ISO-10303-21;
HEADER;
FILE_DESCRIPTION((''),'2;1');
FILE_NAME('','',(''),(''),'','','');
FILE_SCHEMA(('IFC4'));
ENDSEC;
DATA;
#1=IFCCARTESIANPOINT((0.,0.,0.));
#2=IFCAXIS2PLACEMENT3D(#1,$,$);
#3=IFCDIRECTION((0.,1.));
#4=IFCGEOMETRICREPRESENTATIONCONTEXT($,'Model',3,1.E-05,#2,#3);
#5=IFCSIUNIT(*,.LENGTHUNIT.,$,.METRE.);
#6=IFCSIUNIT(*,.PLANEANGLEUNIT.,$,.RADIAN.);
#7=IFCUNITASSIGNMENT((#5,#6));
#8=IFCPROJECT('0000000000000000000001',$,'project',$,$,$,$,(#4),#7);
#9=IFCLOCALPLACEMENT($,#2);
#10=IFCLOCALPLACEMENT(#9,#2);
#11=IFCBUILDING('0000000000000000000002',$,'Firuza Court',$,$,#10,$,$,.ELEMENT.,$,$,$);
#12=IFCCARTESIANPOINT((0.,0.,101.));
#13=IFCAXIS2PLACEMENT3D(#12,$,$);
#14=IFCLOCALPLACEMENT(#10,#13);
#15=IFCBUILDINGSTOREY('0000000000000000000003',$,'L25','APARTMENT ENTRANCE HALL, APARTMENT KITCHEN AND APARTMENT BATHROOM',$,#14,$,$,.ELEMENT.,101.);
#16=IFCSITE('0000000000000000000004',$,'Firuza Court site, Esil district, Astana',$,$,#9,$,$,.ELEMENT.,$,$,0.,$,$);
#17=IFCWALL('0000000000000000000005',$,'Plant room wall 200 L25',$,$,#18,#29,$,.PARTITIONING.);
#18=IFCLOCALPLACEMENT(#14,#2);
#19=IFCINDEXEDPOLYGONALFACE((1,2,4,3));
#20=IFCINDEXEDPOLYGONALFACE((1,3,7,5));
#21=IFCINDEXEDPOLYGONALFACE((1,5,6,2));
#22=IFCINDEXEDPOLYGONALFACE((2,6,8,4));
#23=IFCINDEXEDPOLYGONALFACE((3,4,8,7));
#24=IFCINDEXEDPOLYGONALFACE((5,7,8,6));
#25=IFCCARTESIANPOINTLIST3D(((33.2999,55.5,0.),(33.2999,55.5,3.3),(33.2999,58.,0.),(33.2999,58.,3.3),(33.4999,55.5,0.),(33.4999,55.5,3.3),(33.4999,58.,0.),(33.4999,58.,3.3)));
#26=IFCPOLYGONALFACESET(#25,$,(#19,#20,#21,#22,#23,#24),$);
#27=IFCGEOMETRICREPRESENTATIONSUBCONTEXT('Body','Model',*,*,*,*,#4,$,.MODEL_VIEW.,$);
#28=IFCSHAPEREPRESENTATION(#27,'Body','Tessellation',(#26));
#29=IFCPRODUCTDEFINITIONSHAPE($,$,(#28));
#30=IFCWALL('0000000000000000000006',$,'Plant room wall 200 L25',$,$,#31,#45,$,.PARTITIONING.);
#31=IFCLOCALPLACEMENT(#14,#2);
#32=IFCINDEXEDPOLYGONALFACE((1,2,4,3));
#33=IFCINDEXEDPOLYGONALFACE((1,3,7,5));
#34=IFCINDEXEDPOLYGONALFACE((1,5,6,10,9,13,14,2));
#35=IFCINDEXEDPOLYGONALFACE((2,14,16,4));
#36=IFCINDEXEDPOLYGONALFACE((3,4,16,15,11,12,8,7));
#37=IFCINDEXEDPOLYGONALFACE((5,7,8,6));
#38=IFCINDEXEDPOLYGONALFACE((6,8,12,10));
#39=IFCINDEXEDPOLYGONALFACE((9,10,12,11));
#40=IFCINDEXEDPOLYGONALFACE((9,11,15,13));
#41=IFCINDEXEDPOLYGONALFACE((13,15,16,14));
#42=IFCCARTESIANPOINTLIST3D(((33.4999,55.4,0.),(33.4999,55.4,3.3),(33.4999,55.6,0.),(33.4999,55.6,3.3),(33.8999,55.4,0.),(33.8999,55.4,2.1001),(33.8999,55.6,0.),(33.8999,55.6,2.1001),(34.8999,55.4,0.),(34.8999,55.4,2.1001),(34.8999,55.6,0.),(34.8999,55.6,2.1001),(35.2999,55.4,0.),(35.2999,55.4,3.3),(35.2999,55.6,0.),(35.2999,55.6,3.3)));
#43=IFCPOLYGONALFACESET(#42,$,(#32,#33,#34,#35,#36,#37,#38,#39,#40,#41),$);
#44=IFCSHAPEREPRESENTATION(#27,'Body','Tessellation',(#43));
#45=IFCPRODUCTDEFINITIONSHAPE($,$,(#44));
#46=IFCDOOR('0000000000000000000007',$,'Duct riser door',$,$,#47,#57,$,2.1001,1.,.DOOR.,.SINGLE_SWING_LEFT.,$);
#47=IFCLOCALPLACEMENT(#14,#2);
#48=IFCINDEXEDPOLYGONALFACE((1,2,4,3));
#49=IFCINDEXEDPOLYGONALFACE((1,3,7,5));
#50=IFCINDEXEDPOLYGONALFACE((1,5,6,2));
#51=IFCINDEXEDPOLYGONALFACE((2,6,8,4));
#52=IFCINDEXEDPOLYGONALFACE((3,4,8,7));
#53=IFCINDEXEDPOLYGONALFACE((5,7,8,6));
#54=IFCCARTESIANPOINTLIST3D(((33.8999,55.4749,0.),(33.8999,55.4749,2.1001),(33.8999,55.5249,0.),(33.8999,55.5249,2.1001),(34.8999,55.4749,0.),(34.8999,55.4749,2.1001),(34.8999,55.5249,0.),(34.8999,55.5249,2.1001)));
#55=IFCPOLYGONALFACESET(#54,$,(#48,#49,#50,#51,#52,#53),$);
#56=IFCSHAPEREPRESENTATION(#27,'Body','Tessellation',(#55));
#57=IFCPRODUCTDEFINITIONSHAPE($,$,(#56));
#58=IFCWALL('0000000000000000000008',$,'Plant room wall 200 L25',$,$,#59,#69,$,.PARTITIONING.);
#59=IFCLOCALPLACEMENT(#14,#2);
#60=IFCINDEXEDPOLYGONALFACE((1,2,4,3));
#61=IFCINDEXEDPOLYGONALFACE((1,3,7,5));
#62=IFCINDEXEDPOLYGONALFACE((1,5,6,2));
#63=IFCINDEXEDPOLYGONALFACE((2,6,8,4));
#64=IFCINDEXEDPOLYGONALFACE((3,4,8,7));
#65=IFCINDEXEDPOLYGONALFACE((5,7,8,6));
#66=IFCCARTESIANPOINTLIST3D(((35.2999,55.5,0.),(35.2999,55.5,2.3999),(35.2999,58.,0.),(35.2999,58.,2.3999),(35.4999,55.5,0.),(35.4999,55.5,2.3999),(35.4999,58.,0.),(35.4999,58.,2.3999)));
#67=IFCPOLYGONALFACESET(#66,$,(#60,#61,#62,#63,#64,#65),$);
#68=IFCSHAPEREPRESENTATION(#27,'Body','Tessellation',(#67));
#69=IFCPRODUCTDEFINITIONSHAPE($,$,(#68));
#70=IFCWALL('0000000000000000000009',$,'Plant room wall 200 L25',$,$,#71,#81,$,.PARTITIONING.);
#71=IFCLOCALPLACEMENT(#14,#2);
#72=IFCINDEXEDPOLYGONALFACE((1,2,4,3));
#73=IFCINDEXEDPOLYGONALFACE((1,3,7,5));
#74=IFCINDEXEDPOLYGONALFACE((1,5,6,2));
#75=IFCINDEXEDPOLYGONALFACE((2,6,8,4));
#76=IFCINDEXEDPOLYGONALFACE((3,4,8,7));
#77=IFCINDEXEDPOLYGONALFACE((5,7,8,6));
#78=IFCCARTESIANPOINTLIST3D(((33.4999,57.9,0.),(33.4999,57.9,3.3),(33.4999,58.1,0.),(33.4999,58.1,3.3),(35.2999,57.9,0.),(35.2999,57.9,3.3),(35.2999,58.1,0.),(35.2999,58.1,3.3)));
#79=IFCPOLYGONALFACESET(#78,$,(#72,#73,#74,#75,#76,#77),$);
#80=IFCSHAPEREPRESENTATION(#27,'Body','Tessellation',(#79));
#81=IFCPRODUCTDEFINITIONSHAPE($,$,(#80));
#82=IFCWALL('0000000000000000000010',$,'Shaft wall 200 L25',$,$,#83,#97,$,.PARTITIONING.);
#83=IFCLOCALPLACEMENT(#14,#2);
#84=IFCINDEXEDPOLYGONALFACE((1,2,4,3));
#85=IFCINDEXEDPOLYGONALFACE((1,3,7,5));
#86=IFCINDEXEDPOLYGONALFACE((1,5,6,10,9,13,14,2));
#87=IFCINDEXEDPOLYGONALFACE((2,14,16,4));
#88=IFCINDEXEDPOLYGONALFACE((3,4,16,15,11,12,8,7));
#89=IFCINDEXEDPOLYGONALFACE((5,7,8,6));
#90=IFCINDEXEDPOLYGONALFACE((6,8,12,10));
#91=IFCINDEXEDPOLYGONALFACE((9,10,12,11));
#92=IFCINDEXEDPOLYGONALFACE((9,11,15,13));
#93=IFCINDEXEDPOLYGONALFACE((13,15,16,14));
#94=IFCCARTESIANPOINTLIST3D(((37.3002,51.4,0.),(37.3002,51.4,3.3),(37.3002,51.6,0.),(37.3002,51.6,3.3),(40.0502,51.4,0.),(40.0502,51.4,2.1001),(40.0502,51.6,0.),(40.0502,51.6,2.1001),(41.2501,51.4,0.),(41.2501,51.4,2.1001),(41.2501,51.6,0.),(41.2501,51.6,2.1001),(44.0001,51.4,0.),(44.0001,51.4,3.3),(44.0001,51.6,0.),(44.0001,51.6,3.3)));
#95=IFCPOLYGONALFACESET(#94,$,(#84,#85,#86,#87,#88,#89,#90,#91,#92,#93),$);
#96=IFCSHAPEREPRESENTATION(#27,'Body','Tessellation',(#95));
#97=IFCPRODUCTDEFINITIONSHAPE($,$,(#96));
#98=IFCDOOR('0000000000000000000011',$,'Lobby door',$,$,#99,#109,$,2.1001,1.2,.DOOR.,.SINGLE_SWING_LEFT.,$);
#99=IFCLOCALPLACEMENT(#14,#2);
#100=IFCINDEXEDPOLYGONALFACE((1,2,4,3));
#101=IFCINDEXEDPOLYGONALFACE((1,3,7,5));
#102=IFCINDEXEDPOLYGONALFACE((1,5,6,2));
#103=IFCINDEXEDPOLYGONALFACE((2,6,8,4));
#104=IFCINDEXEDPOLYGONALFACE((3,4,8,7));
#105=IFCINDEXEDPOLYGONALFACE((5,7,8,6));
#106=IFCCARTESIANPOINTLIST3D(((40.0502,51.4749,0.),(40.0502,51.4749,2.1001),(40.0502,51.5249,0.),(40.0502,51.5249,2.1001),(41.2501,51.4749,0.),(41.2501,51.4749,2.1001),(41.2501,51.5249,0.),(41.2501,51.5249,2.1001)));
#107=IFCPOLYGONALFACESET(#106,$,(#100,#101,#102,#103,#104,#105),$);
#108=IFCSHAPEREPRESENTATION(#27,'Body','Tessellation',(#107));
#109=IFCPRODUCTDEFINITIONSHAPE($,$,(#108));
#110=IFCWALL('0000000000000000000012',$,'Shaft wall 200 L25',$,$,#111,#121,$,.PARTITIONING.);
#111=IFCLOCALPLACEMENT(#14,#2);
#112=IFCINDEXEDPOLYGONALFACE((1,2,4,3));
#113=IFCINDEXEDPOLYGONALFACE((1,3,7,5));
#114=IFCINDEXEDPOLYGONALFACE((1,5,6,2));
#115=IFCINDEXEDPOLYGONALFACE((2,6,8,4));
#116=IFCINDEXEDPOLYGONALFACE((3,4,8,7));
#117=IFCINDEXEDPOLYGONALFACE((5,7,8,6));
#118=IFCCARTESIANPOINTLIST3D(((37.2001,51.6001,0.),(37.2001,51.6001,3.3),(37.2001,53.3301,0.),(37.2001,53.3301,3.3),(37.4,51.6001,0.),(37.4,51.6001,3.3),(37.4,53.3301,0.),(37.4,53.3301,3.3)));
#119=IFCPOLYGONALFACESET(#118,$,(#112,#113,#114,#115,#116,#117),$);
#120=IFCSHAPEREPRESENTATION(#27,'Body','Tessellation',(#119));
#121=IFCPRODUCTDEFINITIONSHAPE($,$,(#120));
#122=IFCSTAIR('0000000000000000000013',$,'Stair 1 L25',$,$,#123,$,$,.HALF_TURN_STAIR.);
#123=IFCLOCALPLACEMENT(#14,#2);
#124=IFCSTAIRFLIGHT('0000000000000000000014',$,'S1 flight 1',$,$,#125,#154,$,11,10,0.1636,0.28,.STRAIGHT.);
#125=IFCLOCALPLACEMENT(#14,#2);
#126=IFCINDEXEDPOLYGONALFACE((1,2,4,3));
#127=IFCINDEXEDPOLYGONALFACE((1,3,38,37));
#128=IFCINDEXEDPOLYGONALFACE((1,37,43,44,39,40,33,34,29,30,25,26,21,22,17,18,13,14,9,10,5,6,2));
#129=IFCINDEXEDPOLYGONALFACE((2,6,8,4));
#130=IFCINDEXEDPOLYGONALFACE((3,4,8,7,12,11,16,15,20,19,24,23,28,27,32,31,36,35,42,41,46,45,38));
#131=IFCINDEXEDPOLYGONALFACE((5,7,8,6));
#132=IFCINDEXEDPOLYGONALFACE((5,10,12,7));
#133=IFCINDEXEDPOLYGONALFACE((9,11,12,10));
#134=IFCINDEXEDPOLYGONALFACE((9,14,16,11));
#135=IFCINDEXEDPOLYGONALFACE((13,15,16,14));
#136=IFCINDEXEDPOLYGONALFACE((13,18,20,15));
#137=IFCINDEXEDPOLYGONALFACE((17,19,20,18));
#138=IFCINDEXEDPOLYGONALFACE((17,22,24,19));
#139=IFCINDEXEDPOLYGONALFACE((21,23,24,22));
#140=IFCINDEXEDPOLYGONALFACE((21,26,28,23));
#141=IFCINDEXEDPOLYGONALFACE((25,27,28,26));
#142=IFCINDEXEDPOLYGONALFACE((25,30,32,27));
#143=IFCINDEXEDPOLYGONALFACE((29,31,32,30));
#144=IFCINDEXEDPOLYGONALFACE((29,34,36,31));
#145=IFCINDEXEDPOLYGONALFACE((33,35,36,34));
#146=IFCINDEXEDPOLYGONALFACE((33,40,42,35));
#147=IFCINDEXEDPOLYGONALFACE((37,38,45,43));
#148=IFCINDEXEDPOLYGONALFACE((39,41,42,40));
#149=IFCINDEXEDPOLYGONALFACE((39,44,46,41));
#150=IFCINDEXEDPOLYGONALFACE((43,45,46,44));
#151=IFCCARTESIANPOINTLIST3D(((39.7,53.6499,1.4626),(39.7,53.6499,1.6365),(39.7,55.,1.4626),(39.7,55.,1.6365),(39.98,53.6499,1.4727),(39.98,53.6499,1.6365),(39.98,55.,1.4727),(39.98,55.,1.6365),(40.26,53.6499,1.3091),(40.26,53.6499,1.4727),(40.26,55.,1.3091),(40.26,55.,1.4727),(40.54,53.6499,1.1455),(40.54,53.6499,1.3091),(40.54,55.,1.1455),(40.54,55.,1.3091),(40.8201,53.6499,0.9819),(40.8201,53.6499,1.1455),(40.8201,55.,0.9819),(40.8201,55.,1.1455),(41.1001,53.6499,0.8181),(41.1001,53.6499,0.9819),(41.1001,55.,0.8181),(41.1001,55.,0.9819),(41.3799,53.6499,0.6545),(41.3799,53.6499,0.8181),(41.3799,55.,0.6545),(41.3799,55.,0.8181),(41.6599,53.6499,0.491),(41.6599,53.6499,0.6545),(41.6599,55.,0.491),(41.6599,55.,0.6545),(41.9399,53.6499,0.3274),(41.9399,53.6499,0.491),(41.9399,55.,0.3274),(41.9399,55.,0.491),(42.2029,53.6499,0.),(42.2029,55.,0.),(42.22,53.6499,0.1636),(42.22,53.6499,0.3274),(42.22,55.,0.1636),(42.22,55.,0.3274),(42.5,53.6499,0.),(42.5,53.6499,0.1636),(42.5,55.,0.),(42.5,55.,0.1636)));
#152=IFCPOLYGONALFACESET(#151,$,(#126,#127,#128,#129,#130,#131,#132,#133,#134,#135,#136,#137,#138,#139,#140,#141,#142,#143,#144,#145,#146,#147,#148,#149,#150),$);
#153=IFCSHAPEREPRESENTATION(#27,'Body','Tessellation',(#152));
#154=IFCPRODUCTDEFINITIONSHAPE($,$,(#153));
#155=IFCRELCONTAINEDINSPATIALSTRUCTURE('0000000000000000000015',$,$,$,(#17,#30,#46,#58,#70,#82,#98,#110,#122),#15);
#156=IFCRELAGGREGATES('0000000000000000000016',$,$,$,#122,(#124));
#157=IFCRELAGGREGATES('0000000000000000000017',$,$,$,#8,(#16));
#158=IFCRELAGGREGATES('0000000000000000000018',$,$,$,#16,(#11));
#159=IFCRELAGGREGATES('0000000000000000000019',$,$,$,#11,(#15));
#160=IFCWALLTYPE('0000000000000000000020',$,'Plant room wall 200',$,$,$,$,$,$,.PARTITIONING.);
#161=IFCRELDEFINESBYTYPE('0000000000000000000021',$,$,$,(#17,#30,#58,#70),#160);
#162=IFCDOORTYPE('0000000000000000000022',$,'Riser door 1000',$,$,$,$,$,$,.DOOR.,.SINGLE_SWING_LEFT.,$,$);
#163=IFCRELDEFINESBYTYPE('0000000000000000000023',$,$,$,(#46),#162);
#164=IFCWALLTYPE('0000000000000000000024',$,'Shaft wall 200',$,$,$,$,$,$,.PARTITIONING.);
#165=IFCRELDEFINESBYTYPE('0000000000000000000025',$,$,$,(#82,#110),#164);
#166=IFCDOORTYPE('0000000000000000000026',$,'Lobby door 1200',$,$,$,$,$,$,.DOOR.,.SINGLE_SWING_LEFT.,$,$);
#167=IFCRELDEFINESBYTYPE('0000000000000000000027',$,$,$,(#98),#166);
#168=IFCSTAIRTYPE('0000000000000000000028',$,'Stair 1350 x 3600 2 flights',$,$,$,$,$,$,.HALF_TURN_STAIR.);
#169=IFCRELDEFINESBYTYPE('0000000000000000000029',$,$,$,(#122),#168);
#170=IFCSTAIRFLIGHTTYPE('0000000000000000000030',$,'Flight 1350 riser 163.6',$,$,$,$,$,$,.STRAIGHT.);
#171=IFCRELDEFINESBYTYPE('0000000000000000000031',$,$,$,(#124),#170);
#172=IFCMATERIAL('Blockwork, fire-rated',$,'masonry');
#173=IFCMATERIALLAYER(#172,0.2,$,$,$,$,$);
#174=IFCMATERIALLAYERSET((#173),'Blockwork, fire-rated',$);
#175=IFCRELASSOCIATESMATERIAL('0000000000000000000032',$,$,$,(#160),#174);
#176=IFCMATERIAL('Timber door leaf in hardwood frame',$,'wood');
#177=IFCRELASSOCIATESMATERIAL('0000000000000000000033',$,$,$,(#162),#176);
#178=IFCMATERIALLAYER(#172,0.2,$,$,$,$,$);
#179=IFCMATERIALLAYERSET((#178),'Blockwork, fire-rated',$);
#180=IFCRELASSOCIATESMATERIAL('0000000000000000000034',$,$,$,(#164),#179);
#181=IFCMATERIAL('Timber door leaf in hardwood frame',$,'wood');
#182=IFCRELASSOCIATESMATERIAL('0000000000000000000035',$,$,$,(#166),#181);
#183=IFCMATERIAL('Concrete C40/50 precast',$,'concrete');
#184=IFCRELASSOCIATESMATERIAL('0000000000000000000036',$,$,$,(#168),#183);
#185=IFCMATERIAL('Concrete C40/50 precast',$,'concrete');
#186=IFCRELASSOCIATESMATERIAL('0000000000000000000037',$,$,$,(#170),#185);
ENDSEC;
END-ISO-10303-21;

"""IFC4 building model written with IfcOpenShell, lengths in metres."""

from ifc_helpers import new_model, si_unit, direction, frame, frame_2d, origin, place, context, subcontext, project, spatial, polyline, rectangle, outline, extrude, material, layer, layer_set, type_object, element, fill, aggregate, save


model = new_model("IFC4")

# Units and contexts
model_context = context("Model", 3, precision=1e-05, world=origin(), true_north=direction((0.0, 1.0)))
body_context = subcontext(model_context, "Body", "Model", "MODEL_VIEW")
ifc_project = project(units=[si_unit("LENGTHUNIT", "METRE"), si_unit("PLANEANGLEUNIT", "RADIAN")], contexts=[model_context])

# Site, building, storey
site_placement = place(None, origin())
site = spatial("IfcSite", under=ifc_project, at=site_placement, Name="Firuza Court site, Esil district, Astana", CompositionType="ELEMENT", RefElevation=0.0)
building_placement = place(site_placement, origin())
building = spatial("IfcBuilding", under=site, at=building_placement, Name="Firuza Court", CompositionType="ELEMENT")
storey_placement = place(building_placement, frame((0.0, 0.0, 101.0)))
storey = spatial("IfcBuildingStorey", under=building, at=storey_placement, Name="L25", Description="APARTMENT ENTRANCE HALL, APARTMENT KITCHEN AND APARTMENT BATHROOM", CompositionType="ELEMENT", Elevation=101.0)

# Wall
ifc_material_1 = material(Name="Blockwork, fire-rated", Category="masonry")
ifc_layer_1 = layer(ifc_material_1, 0.2)
ifc_layer_set_1 = layer_set([ifc_layer_1], Name="Blockwork, fire-rated")
wall_type_1 = type_object("IfcWallType", Name="Plant room wall 200", PredefinedType="PARTITIONING", material=ifc_layer_set_1)
for number, where, z_axis, x_axis, name in (
    (1, (33.3999, 55.5, 0.0), (0.0, 0.0, 1.0), (0.0, 1.0, 0.0), "Plant room wall 200 L25"),
):
    element("IfcWall", number, at=place(storey_placement, frame(where, z_axis=z_axis, x_axis=x_axis)), inside=storey, type_object=wall_type_1, Name=name, PredefinedType="PARTITIONING", context=body_context, shape_type="SweptSolid", body=[
        extrude(rectangle(XDim=2.5, YDim=0.2, at=frame_2d((1.25, 0.0))), origin(), (0.0, 0.0, 1.0), 3.3),
    ])

# Wall, opening, door
wall_1_placement = place(storey_placement, frame((33.5, 55.5, 0.0), z_axis=(0.0, 0.0, 1.0), x_axis=(1.0, 0.0, 0.0)))
wall_1 = element("IfcWall", 2, at=wall_1_placement, inside=storey, type_object=wall_type_1, Name="Plant room wall 200 L25", PredefinedType="PARTITIONING", context=body_context, shape_type="SweptSolid", body=[
    extrude(rectangle(XDim=1.8, YDim=0.2, at=frame_2d((0.8999, 0.0))), origin(), (0.0, 0.0, 1.0), 3.3),
])
opening_1_placement = place(wall_1_placement, frame((0.3999, 0.0, 0.0)))
opening_1 = element("IfcOpeningElement", 3, at=opening_1_placement, cuts=wall_1, PredefinedType="OPENING", context=body_context, shape_type="SweptSolid", body=[
    extrude(rectangle(XDim=1.0, YDim=2.1001, at=frame_2d((0.5, 1.05))), frame((0.0, 0.1118, 0.0), z_axis=(0.0, -1.0, 0.0), x_axis=(1.0, 0.0, 0.0)), (0.0, 0.0, 1.0), 0.2239),
])
ifc_material_2 = material(Name="Timber door leaf in hardwood frame", Category="wood")
door_type_1 = type_object("IfcDoorType", Name="Riser door 1000", OperationType="SINGLE_SWING_LEFT", PredefinedType="DOOR", material=ifc_material_2)
door_1_placement = place(opening_1_placement, origin())
door_1 = element("IfcDoor", 4, at=door_1_placement, inside=storey, type_object=door_type_1, Name="Duct riser door", OperationType="SINGLE_SWING_LEFT", OverallHeight=2.1001, OverallWidth=1.0, PredefinedType="DOOR", context=body_context, shape_type="SweptSolid", body=[
    extrude(rectangle(XDim=1.0, YDim=2.1001, at=frame_2d((0.5, 1.05))), frame((0.0, 0.0249, 0.0), z_axis=(0.0, -1.0, 0.0), x_axis=(1.0, 0.0, 0.0)), (0.0, 0.0, 1.0), 0.05),
])
fill(opening_1, door_1)

# Walls
wall_2_placement = place(storey_placement, frame((35.3999, 55.5, 0.0), z_axis=(0.0, 0.0, 1.0), x_axis=(0.0, 1.0, 0.0)))
element("IfcWall", 5, at=wall_2_placement, inside=storey, type_object=wall_type_1, Name="Plant room wall 200 L25", PredefinedType="PARTITIONING", context=body_context, shape_type="SweptSolid", body=[
    extrude(rectangle(XDim=2.5, YDim=0.2, at=frame_2d((1.25, 0.0))), origin(), (0.0, 0.0, 1.0), 2.3999),
])
wall_3_placement = place(storey_placement, frame((33.5, 58.0, 0.0), z_axis=(0.0, 0.0, 1.0), x_axis=(1.0, 0.0, 0.0)))
element("IfcWall", 6, at=wall_3_placement, inside=storey, type_object=wall_type_1, Name="Plant room wall 200 L25", PredefinedType="PARTITIONING", context=body_context, shape_type="SweptSolid", body=[
    extrude(rectangle(XDim=1.8, YDim=0.2, at=frame_2d((0.8999, 0.0))), origin(), (0.0, 0.0, 1.0), 3.3),
])

# Wall, opening, door
ifc_layer_2 = layer(ifc_material_1, 0.2)
ifc_layer_set_2 = layer_set([ifc_layer_2], Name="Blockwork, fire-rated")
wall_type_2 = type_object("IfcWallType", Name="Shaft wall 200", PredefinedType="PARTITIONING", material=ifc_layer_set_2)
wall_4_placement = place(storey_placement, frame((37.3, 51.5, 0.0), z_axis=(0.0, 0.0, 1.0), x_axis=(1.0, 0.0, 0.0)))
wall_4 = element("IfcWall", 7, at=wall_4_placement, inside=storey, type_object=wall_type_2, Name="Shaft wall 200 L25", PredefinedType="PARTITIONING", context=body_context, shape_type="SweptSolid", body=[
    extrude(rectangle(XDim=6.7, YDim=0.2, at=frame_2d((3.3501, 0.0))), origin(), (0.0, 0.0, 1.0), 3.3),
])
opening_2_placement = place(wall_4_placement, frame((2.75, 0.0, 0.0)))
opening_2 = element("IfcOpeningElement", 8, at=opening_2_placement, cuts=wall_4, PredefinedType="OPENING", context=body_context, shape_type="SweptSolid", body=[
    extrude(rectangle(XDim=1.2, YDim=2.1001, at=frame_2d((0.6001, 1.05))), frame((0.0, 0.1118, 0.0), z_axis=(0.0, -1.0, 0.0), x_axis=(1.0, 0.0, 0.0)), (0.0, 0.0, 1.0), 0.2239),
])
ifc_material_3 = material(Name="Timber door leaf in hardwood frame", Category="wood")
door_type_2 = type_object("IfcDoorType", Name="Lobby door 1200", OperationType="SINGLE_SWING_LEFT", PredefinedType="DOOR", material=ifc_material_3)
door_2_placement = place(opening_2_placement, origin())
door_2 = element("IfcDoor", 9, at=door_2_placement, inside=storey, type_object=door_type_2, Name="Lobby door", OperationType="SINGLE_SWING_LEFT", OverallHeight=2.1001, OverallWidth=1.2, PredefinedType="DOOR", context=body_context, shape_type="SweptSolid", body=[
    extrude(rectangle(XDim=1.2, YDim=2.1001, at=frame_2d((0.6001, 1.05))), frame((0.0, 0.0249, 0.0), z_axis=(0.0, -1.0, 0.0), x_axis=(1.0, 0.0, 0.0)), (0.0, 0.0, 1.0), 0.05),
])
fill(opening_2, door_2)

# Wall
wall_5_placement = place(storey_placement, frame((37.3, 51.6001, 0.0), z_axis=(0.0, 0.0, 1.0), x_axis=(0.0, 1.0, 0.0)))
element("IfcWall", 10, at=wall_5_placement, inside=storey, type_object=wall_type_2, Name="Shaft wall 200 L25", PredefinedType="PARTITIONING", context=body_context, shape_type="SweptSolid", body=[
    extrude(rectangle(XDim=1.73, YDim=0.2, at=frame_2d((0.865, 0.0))), origin(), (0.0, 0.0, 1.0), 3.3),
])

# Stair, stair flight
ifc_material_4 = material(Name="Concrete C40/50 precast", Category="concrete")
stair_type = type_object("IfcStairType", Name="Stair 1350 x 3600 2 flights", PredefinedType="HALF_TURN_STAIR", material=ifc_material_4)
stair_placement = place(storey_placement, origin())
stair = element("IfcStair", 11, at=stair_placement, inside=storey, type_object=stair_type, Name="Stair 1 L25", PredefinedType="HALF_TURN_STAIR")
ifc_material_5 = material(Name="Concrete C40/50 precast", Category="concrete")
stair_flight_type = type_object("IfcStairFlightType", Name="Flight 1350 riser 163.6", PredefinedType="STRAIGHT", material=ifc_material_5)
stair_flight_1_placement = place(storey_placement, frame((42.5, 54.325, 0.0), z_axis=(0.0, 0.0, 1.0), x_axis=(-1.0, 0.0, 0.0)))
stair_flight_1 = element("IfcStairFlight", 12, at=stair_flight_1_placement, type_object=stair_flight_type, Name="S1 flight 1", NumberOfRisers=11, NumberOfTreads=10, PredefinedType="STRAIGHT", RiserHeight=0.1636, TreadLength=0.28, context=body_context, shape_type="SweptSolid", body=[
    extrude(outline(polyline([(0.0, 0.0), (0.0, 0.1636), (0.28, 0.1636), (0.28, 0.3274), (0.5601, 0.3274), (0.5601, 0.491), (0.8401, 0.491), (0.8401, 0.6545), (1.1201, 0.6545), (1.1201, 0.8181), (1.3999, 0.8181), (1.3999, 0.9819), (1.6799, 0.9819), (1.6799, 1.1455), (1.96, 1.1455), (1.96, 1.3091), (2.24, 1.3091), (2.24, 1.4727), (2.52, 1.4727), (2.52, 1.6365), (2.8, 1.6365), (2.8, 1.8), (2.8, 1.4626), (0.2971, 0.0), (0.0, 0.0)])), frame((0.0, 0.675, 0.0), z_axis=(0.0, -1.0, 0.0), x_axis=(1.0, 0.0, 0.0)), (0.0, 0.0, 1.0), 1.3501),
])
aggregate(stair, [stair_flight_1])

save(model, "model.ifc")
